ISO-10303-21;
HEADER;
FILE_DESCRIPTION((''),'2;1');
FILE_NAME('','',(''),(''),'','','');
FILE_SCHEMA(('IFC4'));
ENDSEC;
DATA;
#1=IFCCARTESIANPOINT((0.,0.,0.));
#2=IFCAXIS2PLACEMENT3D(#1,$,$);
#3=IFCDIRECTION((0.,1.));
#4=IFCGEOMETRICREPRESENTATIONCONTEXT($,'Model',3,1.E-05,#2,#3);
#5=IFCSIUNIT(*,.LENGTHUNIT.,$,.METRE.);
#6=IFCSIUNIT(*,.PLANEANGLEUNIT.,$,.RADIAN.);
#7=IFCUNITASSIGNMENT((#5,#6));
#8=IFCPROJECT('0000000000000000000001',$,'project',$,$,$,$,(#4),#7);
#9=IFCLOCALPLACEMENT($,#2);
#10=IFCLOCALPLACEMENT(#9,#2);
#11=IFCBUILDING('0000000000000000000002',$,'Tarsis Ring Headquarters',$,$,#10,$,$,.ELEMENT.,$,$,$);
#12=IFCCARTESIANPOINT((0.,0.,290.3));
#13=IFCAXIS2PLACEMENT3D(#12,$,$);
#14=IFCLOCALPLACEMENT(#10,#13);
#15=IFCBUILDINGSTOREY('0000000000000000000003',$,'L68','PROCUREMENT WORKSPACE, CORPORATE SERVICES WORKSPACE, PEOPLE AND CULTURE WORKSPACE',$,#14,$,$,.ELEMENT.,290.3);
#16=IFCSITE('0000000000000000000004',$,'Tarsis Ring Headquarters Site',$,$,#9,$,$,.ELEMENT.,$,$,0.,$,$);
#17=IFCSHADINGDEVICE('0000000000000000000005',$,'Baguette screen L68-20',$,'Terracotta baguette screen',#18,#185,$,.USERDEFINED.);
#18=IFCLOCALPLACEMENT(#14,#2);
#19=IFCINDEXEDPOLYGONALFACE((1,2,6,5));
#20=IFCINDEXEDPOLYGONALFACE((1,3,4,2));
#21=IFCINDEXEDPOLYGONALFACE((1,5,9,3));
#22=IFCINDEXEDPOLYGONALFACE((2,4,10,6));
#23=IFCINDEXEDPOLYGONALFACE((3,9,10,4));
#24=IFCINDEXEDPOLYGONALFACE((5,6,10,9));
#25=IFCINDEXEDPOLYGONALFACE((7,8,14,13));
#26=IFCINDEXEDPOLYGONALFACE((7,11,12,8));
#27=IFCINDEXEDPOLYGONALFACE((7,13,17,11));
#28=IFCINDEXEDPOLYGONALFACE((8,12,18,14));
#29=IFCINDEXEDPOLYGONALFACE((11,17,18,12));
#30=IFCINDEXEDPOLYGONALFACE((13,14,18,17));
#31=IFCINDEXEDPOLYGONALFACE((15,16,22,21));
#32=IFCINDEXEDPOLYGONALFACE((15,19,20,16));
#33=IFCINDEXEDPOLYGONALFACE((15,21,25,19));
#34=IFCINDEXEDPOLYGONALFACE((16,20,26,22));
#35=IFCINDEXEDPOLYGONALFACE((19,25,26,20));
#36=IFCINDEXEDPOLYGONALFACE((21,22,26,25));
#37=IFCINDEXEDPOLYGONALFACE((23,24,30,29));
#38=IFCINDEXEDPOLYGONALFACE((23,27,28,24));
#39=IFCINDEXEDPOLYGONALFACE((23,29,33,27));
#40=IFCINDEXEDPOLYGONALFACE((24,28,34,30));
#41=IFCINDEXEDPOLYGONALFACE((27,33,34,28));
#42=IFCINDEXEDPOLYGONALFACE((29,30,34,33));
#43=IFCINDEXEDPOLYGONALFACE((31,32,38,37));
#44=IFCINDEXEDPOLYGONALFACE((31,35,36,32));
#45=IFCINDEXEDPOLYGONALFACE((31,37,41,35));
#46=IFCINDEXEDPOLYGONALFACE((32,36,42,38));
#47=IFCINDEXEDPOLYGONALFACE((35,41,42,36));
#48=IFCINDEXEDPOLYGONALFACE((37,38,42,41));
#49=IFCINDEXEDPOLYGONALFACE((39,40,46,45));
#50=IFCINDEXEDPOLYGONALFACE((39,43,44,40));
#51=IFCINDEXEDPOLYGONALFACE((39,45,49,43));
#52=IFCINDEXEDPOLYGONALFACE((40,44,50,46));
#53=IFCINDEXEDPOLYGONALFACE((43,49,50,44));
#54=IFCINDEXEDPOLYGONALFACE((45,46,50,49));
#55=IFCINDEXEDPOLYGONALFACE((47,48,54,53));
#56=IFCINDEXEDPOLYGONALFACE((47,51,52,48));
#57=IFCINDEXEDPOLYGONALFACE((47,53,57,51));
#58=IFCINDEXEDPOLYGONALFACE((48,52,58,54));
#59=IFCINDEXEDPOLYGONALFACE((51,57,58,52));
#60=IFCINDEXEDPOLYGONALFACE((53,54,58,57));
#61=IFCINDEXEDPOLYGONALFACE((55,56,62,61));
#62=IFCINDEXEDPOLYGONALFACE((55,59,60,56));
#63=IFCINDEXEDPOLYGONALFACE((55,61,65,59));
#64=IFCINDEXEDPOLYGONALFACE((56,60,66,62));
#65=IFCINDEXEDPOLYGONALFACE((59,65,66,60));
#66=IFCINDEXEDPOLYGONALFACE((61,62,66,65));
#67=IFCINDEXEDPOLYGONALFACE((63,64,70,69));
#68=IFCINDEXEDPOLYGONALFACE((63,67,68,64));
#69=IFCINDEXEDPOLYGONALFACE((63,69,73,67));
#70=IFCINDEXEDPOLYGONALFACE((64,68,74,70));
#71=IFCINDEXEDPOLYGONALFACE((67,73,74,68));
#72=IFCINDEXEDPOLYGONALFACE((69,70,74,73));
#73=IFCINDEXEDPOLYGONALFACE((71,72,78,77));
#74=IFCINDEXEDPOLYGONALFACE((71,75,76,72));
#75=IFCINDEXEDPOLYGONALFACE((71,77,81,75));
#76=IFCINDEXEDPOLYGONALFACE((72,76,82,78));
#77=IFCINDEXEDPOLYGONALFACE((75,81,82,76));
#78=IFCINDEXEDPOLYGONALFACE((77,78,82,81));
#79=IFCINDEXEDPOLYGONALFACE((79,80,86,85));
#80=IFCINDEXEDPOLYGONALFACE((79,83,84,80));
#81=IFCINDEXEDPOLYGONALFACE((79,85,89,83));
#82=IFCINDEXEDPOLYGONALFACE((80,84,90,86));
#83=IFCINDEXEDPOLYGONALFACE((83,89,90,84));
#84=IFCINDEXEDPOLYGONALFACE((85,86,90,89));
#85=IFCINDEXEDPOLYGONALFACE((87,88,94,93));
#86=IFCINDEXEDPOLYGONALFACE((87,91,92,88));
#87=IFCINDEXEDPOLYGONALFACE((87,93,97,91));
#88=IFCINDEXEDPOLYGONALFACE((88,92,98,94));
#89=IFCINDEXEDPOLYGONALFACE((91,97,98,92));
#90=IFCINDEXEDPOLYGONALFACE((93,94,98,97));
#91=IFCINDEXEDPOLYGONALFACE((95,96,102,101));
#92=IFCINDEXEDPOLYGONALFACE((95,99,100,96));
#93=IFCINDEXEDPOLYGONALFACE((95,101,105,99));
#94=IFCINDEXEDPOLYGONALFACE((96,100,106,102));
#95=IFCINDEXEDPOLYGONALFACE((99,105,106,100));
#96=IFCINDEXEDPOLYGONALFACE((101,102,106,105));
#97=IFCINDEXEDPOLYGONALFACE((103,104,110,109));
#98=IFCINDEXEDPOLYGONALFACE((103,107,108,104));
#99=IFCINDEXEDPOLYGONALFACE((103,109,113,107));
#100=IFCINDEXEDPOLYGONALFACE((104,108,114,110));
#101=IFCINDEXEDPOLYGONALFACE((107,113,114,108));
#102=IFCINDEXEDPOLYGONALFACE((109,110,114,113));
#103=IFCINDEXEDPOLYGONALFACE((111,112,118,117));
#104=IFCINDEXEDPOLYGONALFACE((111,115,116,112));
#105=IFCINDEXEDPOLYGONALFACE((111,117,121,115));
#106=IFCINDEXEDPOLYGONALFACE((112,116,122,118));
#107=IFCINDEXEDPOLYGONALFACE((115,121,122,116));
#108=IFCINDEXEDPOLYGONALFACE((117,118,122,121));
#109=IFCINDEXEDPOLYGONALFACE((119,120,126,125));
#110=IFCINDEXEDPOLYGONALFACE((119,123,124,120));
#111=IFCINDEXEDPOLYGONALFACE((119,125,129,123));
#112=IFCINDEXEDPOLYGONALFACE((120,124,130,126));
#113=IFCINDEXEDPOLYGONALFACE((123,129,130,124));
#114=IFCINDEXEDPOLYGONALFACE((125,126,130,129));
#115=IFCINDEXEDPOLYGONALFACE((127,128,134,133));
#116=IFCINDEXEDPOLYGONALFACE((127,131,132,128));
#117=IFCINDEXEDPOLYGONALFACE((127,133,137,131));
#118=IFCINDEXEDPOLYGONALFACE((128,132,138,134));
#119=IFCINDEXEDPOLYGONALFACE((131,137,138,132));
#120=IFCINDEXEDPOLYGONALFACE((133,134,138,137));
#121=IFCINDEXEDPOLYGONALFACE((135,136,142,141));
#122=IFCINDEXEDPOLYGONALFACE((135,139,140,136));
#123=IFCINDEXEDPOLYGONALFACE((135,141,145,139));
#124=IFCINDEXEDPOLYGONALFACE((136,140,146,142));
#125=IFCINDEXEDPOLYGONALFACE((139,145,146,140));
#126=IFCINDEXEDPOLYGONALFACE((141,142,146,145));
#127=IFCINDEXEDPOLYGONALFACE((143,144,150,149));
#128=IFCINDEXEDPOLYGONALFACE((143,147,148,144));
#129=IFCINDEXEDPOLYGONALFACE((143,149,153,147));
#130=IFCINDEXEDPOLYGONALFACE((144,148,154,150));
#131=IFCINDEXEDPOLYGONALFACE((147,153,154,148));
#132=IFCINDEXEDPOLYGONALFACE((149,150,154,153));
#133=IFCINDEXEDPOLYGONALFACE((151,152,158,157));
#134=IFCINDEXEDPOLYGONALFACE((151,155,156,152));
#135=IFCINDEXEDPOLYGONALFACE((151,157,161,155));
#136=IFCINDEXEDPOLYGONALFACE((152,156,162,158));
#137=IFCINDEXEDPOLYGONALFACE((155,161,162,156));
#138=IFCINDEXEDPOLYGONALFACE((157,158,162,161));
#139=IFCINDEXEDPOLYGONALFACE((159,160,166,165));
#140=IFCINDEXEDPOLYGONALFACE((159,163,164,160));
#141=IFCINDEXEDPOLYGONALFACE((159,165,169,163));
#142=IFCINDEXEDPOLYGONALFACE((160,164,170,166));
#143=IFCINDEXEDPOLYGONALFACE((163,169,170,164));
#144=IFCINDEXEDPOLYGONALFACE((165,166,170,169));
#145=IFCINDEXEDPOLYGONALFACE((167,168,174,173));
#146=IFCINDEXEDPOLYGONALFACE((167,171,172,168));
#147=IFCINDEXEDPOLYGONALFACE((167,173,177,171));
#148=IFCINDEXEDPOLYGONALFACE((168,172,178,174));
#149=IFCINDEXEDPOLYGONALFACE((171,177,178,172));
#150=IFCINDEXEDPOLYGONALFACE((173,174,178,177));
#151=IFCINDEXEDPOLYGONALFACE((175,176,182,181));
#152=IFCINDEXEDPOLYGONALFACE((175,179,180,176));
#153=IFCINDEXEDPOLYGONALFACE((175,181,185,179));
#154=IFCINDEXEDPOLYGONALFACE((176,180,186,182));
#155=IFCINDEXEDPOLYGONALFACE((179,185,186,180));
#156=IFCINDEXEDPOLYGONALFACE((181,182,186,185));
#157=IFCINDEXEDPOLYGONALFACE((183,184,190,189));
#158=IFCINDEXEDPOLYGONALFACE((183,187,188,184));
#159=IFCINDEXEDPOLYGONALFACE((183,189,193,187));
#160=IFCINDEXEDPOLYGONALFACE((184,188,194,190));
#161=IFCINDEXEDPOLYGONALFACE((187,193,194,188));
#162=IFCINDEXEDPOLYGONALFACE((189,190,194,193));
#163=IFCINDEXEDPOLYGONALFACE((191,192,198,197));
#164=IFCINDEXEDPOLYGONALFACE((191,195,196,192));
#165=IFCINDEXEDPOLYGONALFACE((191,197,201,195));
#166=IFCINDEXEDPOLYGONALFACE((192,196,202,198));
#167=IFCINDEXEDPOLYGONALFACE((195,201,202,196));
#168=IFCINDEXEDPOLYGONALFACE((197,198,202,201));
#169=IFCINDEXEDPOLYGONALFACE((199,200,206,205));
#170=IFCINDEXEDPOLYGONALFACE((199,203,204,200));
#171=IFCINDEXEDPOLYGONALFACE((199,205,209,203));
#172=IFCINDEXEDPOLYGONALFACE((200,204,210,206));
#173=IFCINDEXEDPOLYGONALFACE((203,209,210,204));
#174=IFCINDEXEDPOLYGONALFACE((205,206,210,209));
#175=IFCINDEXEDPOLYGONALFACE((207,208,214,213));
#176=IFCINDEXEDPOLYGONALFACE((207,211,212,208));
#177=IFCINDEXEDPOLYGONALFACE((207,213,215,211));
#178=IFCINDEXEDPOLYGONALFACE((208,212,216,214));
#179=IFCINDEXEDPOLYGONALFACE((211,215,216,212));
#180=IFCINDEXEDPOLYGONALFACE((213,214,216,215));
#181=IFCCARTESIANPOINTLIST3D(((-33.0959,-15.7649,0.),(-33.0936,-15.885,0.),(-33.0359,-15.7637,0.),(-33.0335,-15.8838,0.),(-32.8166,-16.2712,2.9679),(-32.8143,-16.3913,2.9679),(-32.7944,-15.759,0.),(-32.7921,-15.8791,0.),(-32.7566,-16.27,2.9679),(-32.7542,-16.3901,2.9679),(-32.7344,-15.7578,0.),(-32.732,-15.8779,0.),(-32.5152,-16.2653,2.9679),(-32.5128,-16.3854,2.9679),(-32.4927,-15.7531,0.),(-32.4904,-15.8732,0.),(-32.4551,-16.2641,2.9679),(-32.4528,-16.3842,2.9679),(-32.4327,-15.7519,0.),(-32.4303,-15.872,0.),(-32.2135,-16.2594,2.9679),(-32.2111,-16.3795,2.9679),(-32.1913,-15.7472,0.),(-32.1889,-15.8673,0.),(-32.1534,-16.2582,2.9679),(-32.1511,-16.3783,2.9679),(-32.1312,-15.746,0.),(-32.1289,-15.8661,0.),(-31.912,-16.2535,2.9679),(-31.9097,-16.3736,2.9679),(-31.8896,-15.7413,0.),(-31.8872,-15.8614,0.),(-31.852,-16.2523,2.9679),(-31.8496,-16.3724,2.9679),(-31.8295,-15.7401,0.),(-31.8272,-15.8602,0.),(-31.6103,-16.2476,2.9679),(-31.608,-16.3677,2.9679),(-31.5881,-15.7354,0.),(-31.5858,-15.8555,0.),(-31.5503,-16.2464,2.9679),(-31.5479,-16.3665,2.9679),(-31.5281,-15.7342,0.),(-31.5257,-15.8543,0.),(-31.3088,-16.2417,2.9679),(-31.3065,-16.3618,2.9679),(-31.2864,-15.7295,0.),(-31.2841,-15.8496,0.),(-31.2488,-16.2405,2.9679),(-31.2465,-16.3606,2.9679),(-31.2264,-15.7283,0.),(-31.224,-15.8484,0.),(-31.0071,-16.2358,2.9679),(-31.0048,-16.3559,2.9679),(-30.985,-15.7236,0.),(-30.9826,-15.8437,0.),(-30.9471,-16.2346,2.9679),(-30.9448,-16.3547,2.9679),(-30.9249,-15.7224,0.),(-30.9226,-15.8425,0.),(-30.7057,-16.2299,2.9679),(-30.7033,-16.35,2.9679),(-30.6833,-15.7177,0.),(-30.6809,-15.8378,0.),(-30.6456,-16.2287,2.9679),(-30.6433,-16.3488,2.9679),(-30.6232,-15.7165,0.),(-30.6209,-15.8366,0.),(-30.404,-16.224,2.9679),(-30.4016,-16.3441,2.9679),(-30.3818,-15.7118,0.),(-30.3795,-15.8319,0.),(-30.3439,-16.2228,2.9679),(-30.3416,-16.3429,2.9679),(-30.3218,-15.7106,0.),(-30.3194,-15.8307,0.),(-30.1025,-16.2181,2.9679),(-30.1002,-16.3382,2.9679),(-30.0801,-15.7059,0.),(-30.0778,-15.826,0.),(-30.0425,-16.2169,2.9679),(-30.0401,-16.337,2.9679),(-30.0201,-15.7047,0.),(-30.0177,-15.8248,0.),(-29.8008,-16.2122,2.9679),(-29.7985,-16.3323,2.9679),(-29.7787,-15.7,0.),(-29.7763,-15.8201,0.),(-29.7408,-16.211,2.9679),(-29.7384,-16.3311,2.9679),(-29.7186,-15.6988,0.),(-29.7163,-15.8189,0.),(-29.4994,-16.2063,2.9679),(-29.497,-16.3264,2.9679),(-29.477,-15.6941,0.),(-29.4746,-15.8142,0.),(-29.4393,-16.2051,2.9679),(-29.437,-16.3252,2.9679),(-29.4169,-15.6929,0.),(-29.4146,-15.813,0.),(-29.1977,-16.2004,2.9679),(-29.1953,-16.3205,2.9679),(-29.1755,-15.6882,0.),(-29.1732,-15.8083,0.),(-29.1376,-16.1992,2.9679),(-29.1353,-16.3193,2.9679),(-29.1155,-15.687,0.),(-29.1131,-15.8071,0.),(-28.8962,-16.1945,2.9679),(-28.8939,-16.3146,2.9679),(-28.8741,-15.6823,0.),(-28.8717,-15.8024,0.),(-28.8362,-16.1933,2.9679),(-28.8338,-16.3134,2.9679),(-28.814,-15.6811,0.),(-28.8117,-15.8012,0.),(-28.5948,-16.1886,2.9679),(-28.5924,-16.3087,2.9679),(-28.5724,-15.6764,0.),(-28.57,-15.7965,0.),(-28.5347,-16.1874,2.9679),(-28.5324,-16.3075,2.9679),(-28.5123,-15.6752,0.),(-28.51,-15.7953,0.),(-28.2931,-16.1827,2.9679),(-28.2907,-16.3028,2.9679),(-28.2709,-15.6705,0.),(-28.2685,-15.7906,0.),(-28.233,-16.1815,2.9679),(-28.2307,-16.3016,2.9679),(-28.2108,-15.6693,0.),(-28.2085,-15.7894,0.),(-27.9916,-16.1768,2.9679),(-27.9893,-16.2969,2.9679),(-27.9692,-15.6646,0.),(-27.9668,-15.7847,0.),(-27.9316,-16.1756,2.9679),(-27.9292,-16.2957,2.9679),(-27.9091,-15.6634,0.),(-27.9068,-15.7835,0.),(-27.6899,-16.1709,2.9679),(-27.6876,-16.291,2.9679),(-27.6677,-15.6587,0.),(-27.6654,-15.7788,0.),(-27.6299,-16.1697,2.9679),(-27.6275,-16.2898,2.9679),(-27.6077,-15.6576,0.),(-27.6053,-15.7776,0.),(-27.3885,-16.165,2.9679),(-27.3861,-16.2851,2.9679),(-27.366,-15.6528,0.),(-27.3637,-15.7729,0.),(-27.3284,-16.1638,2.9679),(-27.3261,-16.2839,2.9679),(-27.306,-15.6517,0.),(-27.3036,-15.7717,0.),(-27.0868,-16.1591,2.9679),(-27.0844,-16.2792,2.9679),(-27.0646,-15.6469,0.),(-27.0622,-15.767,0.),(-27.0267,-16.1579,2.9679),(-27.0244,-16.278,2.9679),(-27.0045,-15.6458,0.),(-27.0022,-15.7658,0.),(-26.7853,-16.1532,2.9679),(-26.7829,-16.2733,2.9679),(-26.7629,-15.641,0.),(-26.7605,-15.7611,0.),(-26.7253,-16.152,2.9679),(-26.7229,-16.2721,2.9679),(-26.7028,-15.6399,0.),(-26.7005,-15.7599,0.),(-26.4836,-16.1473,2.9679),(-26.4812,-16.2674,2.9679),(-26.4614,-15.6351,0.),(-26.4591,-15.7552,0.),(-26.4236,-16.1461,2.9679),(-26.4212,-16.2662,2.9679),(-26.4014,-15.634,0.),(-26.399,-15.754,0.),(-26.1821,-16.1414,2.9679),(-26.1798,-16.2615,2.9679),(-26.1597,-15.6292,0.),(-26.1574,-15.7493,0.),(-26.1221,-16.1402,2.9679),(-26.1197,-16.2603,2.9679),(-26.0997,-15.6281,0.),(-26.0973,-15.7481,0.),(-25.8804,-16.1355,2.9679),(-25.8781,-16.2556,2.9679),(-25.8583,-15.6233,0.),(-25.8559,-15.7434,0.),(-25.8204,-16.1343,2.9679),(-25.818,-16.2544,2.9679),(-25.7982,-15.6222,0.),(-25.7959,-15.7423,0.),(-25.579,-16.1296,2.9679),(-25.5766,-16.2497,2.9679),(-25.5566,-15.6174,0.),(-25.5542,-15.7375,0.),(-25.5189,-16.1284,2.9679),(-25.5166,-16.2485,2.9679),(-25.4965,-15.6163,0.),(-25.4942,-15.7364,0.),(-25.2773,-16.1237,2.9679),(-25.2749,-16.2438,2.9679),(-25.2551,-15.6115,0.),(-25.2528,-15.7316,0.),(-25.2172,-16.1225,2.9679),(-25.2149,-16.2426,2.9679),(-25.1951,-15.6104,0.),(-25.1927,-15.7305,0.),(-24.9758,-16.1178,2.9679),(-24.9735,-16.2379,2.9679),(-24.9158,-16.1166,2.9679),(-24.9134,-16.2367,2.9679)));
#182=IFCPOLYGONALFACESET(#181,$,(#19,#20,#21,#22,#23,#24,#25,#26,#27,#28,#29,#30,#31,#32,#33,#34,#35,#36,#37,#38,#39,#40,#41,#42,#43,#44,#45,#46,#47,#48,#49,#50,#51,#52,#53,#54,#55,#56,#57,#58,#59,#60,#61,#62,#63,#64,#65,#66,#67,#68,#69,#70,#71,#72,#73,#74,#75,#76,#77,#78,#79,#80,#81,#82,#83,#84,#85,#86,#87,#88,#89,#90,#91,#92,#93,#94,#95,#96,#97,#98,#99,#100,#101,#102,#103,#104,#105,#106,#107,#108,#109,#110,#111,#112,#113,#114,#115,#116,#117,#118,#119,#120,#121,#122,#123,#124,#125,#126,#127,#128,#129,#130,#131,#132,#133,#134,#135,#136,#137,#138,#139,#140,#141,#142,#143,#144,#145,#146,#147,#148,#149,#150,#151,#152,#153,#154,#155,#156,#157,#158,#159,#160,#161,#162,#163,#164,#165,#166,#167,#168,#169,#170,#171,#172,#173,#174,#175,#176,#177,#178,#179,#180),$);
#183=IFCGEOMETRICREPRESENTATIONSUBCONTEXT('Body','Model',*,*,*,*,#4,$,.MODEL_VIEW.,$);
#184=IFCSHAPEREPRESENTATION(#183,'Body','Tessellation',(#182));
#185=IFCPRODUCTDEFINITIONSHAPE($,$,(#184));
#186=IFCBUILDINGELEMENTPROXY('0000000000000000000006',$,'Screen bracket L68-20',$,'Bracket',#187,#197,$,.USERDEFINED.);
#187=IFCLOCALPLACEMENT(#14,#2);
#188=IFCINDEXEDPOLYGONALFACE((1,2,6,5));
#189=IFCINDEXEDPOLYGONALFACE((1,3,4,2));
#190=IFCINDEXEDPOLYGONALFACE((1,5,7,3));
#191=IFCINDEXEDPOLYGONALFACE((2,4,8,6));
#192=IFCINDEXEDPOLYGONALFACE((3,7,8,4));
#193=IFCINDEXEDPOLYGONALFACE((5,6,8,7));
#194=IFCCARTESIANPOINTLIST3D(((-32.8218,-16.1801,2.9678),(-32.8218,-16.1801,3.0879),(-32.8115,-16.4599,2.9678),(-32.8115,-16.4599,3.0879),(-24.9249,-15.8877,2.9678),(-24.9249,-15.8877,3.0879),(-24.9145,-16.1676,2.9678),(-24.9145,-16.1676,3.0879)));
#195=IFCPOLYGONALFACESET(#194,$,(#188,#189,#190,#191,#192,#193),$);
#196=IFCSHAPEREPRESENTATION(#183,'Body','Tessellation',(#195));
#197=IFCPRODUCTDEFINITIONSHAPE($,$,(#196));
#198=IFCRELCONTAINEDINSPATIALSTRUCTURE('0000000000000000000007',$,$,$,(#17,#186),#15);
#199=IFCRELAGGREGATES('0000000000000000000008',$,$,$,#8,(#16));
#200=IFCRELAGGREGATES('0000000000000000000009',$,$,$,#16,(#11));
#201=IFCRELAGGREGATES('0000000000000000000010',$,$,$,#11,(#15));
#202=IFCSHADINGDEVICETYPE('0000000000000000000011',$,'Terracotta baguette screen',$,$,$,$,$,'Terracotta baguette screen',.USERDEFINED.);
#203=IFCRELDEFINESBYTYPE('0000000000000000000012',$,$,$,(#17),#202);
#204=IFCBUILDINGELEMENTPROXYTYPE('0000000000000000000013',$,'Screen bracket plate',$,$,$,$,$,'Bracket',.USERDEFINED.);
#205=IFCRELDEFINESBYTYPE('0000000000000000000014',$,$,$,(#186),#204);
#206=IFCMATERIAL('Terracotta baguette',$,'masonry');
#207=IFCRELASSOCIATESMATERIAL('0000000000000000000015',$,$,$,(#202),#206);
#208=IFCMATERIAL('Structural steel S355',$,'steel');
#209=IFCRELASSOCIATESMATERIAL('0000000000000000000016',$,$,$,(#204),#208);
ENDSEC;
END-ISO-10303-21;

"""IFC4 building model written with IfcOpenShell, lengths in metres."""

from ifc_helpers import new_model, si_unit, direction, frame, frame_2d, origin, origin_2d, place, context, subcontext, project, spatial, rectangle, composite_profile, extrude, material, type_object, element, save


model = new_model("IFC4")

# Units and contexts
model_context = context("Model", 3, precision=1e-05, world=origin(), true_north=direction((0.0, 1.0)))
body_context = subcontext(model_context, "Body", "Model", "MODEL_VIEW")
ifc_project = project(units=[si_unit("LENGTHUNIT", "METRE"), si_unit("PLANEANGLEUNIT", "RADIAN")], contexts=[model_context])

# Site, building, storey
site_placement = place(None, origin())
site = spatial("IfcSite", under=ifc_project, at=site_placement, Name="Tarsis Ring Headquarters Site", CompositionType="ELEMENT", RefElevation=0.0)
building_placement = place(site_placement, origin())
building = spatial("IfcBuilding", under=site, at=building_placement, Name="Tarsis Ring Headquarters", CompositionType="ELEMENT")
storey_placement = place(building_placement, frame((0.0, 0.0, 290.3)))
storey = spatial("IfcBuildingStorey", under=building, at=storey_placement, Name="L68", Description="PROCUREMENT WORKSPACE, CORPORATE SERVICES WORKSPACE, PEOPLE AND CULTURE WORKSPACE", CompositionType="ELEMENT", Elevation=290.3)

# Shared definitions
ifc_material_1 = material(Name="Structural steel S355", Category="steel")

# Shading device
ifc_material_2 = material(Name="Terracotta baguette", Category="masonry")
shading_device_type = type_object("IfcShadingDeviceType", Name="Terracotta baguette screen", ElementType="Terracotta baguette screen", PredefinedType="USERDEFINED", material=ifc_material_2)
shading_device_1_placement = place(storey_placement, frame((-33.0947, -15.825, 0.0), z_axis=(0.0, 0.0, 1.0), x_axis=(0.999815, 0.019557, 0.0)))
element("IfcShadingDevice", 1, at=shading_device_1_placement, inside=storey, type_object=shading_device_type, Name="Baguette screen L68-20", ObjectType="Terracotta baguette screen", PredefinedType="USERDEFINED", context=body_context, shape_type="SweptSolid", body=[
    extrude(composite_profile([rectangle(XDim=0.0601, YDim=0.1201, at=frame_2d((0.03, 0.0))), rectangle(XDim=0.0601, YDim=0.1201, at=frame_2d((0.3315, 0.0))), rectangle(XDim=0.0601, YDim=0.1201, at=frame_2d((0.6333, 0.0))), rectangle(XDim=0.0601, YDim=0.1201, at=frame_2d((0.9348, 0.0))), rectangle(XDim=0.0601, YDim=0.1201, at=frame_2d((1.2366, 0.0))), rectangle(XDim=0.0601, YDim=0.1201, at=frame_2d((1.5381, 0.0))), rectangle(XDim=0.0601, YDim=0.1201, at=frame_2d((1.8398, 0.0))), rectangle(XDim=0.0601, YDim=0.1201, at=frame_2d((2.1414, 0.0))), rectangle(XDim=0.0601, YDim=0.1201, at=frame_2d((2.4431, 0.0))), rectangle(XDim=0.0601, YDim=0.1201, at=frame_2d((2.7446, 0.0))), rectangle(XDim=0.0601, YDim=0.1201, at=frame_2d((3.0464, 0.0))), rectangle(XDim=0.0601, YDim=0.1201, at=frame_2d((3.3479, 0.0))), rectangle(XDim=0.0601, YDim=0.1201, at=frame_2d((3.6497, 0.0))), rectangle(XDim=0.0601, YDim=0.1201, at=frame_2d((3.9512, 0.0))), rectangle(XDim=0.0601, YDim=0.1201, at=frame_2d((4.2527, 0.0))), rectangle(XDim=0.0601, YDim=0.1201, at=frame_2d((4.5544, 0.0))), rectangle(XDim=0.0601, YDim=0.1201, at=frame_2d((4.856, 0.0))), rectangle(XDim=0.0601, YDim=0.1201, at=frame_2d((5.1577, 0.0))), rectangle(XDim=0.0601, YDim=0.1201, at=frame_2d((5.4592, 0.0))), rectangle(XDim=0.0601, YDim=0.1201, at=frame_2d((5.761, 0.0))), rectangle(XDim=0.0601, YDim=0.1201, at=frame_2d((6.0625, 0.0))), rectangle(XDim=0.0601, YDim=0.1201, at=frame_2d((6.3643, 0.0))), rectangle(XDim=0.0601, YDim=0.1201, at=frame_2d((6.6658, 0.0))), rectangle(XDim=0.0601, YDim=0.1201, at=frame_2d((6.9675, 0.0))), rectangle(XDim=0.0601, YDim=0.1201, at=frame_2d((7.269, 0.0))), rectangle(XDim=0.0601, YDim=0.1201, at=frame_2d((7.5708, 0.0))), rectangle(XDim=0.0601, YDim=0.1201, at=frame_2d((7.8723, 0.0)))]), origin(), (0.089074, -0.169207, 0.981547), 3.0237),
])

# Building element proxy
building_element_proxy_type = type_object("IfcBuildingElementProxyType", Name="Screen bracket plate", ElementType="Bracket", PredefinedType="USERDEFINED", material=ifc_material_1)
proxy_placement = place(storey_placement, frame((-28.8682, -16.1738, 2.9678), z_axis=(0.0, 0.0, 1.0), x_axis=(0.999316, 0.036992, 0.0)))
element("IfcBuildingElementProxy", 2, at=proxy_placement, inside=storey, type_object=building_element_proxy_type, Name="Screen bracket L68-20", ObjectType="Bracket", PredefinedType="USERDEFINED", context=body_context, shape_type="SweptSolid", body=[
    extrude(rectangle(XDim=7.9023, YDim=0.28, at=origin_2d()), origin(), (0.0, 0.0, 1.0), 0.1201),
])

save(model, "model.ifc")
